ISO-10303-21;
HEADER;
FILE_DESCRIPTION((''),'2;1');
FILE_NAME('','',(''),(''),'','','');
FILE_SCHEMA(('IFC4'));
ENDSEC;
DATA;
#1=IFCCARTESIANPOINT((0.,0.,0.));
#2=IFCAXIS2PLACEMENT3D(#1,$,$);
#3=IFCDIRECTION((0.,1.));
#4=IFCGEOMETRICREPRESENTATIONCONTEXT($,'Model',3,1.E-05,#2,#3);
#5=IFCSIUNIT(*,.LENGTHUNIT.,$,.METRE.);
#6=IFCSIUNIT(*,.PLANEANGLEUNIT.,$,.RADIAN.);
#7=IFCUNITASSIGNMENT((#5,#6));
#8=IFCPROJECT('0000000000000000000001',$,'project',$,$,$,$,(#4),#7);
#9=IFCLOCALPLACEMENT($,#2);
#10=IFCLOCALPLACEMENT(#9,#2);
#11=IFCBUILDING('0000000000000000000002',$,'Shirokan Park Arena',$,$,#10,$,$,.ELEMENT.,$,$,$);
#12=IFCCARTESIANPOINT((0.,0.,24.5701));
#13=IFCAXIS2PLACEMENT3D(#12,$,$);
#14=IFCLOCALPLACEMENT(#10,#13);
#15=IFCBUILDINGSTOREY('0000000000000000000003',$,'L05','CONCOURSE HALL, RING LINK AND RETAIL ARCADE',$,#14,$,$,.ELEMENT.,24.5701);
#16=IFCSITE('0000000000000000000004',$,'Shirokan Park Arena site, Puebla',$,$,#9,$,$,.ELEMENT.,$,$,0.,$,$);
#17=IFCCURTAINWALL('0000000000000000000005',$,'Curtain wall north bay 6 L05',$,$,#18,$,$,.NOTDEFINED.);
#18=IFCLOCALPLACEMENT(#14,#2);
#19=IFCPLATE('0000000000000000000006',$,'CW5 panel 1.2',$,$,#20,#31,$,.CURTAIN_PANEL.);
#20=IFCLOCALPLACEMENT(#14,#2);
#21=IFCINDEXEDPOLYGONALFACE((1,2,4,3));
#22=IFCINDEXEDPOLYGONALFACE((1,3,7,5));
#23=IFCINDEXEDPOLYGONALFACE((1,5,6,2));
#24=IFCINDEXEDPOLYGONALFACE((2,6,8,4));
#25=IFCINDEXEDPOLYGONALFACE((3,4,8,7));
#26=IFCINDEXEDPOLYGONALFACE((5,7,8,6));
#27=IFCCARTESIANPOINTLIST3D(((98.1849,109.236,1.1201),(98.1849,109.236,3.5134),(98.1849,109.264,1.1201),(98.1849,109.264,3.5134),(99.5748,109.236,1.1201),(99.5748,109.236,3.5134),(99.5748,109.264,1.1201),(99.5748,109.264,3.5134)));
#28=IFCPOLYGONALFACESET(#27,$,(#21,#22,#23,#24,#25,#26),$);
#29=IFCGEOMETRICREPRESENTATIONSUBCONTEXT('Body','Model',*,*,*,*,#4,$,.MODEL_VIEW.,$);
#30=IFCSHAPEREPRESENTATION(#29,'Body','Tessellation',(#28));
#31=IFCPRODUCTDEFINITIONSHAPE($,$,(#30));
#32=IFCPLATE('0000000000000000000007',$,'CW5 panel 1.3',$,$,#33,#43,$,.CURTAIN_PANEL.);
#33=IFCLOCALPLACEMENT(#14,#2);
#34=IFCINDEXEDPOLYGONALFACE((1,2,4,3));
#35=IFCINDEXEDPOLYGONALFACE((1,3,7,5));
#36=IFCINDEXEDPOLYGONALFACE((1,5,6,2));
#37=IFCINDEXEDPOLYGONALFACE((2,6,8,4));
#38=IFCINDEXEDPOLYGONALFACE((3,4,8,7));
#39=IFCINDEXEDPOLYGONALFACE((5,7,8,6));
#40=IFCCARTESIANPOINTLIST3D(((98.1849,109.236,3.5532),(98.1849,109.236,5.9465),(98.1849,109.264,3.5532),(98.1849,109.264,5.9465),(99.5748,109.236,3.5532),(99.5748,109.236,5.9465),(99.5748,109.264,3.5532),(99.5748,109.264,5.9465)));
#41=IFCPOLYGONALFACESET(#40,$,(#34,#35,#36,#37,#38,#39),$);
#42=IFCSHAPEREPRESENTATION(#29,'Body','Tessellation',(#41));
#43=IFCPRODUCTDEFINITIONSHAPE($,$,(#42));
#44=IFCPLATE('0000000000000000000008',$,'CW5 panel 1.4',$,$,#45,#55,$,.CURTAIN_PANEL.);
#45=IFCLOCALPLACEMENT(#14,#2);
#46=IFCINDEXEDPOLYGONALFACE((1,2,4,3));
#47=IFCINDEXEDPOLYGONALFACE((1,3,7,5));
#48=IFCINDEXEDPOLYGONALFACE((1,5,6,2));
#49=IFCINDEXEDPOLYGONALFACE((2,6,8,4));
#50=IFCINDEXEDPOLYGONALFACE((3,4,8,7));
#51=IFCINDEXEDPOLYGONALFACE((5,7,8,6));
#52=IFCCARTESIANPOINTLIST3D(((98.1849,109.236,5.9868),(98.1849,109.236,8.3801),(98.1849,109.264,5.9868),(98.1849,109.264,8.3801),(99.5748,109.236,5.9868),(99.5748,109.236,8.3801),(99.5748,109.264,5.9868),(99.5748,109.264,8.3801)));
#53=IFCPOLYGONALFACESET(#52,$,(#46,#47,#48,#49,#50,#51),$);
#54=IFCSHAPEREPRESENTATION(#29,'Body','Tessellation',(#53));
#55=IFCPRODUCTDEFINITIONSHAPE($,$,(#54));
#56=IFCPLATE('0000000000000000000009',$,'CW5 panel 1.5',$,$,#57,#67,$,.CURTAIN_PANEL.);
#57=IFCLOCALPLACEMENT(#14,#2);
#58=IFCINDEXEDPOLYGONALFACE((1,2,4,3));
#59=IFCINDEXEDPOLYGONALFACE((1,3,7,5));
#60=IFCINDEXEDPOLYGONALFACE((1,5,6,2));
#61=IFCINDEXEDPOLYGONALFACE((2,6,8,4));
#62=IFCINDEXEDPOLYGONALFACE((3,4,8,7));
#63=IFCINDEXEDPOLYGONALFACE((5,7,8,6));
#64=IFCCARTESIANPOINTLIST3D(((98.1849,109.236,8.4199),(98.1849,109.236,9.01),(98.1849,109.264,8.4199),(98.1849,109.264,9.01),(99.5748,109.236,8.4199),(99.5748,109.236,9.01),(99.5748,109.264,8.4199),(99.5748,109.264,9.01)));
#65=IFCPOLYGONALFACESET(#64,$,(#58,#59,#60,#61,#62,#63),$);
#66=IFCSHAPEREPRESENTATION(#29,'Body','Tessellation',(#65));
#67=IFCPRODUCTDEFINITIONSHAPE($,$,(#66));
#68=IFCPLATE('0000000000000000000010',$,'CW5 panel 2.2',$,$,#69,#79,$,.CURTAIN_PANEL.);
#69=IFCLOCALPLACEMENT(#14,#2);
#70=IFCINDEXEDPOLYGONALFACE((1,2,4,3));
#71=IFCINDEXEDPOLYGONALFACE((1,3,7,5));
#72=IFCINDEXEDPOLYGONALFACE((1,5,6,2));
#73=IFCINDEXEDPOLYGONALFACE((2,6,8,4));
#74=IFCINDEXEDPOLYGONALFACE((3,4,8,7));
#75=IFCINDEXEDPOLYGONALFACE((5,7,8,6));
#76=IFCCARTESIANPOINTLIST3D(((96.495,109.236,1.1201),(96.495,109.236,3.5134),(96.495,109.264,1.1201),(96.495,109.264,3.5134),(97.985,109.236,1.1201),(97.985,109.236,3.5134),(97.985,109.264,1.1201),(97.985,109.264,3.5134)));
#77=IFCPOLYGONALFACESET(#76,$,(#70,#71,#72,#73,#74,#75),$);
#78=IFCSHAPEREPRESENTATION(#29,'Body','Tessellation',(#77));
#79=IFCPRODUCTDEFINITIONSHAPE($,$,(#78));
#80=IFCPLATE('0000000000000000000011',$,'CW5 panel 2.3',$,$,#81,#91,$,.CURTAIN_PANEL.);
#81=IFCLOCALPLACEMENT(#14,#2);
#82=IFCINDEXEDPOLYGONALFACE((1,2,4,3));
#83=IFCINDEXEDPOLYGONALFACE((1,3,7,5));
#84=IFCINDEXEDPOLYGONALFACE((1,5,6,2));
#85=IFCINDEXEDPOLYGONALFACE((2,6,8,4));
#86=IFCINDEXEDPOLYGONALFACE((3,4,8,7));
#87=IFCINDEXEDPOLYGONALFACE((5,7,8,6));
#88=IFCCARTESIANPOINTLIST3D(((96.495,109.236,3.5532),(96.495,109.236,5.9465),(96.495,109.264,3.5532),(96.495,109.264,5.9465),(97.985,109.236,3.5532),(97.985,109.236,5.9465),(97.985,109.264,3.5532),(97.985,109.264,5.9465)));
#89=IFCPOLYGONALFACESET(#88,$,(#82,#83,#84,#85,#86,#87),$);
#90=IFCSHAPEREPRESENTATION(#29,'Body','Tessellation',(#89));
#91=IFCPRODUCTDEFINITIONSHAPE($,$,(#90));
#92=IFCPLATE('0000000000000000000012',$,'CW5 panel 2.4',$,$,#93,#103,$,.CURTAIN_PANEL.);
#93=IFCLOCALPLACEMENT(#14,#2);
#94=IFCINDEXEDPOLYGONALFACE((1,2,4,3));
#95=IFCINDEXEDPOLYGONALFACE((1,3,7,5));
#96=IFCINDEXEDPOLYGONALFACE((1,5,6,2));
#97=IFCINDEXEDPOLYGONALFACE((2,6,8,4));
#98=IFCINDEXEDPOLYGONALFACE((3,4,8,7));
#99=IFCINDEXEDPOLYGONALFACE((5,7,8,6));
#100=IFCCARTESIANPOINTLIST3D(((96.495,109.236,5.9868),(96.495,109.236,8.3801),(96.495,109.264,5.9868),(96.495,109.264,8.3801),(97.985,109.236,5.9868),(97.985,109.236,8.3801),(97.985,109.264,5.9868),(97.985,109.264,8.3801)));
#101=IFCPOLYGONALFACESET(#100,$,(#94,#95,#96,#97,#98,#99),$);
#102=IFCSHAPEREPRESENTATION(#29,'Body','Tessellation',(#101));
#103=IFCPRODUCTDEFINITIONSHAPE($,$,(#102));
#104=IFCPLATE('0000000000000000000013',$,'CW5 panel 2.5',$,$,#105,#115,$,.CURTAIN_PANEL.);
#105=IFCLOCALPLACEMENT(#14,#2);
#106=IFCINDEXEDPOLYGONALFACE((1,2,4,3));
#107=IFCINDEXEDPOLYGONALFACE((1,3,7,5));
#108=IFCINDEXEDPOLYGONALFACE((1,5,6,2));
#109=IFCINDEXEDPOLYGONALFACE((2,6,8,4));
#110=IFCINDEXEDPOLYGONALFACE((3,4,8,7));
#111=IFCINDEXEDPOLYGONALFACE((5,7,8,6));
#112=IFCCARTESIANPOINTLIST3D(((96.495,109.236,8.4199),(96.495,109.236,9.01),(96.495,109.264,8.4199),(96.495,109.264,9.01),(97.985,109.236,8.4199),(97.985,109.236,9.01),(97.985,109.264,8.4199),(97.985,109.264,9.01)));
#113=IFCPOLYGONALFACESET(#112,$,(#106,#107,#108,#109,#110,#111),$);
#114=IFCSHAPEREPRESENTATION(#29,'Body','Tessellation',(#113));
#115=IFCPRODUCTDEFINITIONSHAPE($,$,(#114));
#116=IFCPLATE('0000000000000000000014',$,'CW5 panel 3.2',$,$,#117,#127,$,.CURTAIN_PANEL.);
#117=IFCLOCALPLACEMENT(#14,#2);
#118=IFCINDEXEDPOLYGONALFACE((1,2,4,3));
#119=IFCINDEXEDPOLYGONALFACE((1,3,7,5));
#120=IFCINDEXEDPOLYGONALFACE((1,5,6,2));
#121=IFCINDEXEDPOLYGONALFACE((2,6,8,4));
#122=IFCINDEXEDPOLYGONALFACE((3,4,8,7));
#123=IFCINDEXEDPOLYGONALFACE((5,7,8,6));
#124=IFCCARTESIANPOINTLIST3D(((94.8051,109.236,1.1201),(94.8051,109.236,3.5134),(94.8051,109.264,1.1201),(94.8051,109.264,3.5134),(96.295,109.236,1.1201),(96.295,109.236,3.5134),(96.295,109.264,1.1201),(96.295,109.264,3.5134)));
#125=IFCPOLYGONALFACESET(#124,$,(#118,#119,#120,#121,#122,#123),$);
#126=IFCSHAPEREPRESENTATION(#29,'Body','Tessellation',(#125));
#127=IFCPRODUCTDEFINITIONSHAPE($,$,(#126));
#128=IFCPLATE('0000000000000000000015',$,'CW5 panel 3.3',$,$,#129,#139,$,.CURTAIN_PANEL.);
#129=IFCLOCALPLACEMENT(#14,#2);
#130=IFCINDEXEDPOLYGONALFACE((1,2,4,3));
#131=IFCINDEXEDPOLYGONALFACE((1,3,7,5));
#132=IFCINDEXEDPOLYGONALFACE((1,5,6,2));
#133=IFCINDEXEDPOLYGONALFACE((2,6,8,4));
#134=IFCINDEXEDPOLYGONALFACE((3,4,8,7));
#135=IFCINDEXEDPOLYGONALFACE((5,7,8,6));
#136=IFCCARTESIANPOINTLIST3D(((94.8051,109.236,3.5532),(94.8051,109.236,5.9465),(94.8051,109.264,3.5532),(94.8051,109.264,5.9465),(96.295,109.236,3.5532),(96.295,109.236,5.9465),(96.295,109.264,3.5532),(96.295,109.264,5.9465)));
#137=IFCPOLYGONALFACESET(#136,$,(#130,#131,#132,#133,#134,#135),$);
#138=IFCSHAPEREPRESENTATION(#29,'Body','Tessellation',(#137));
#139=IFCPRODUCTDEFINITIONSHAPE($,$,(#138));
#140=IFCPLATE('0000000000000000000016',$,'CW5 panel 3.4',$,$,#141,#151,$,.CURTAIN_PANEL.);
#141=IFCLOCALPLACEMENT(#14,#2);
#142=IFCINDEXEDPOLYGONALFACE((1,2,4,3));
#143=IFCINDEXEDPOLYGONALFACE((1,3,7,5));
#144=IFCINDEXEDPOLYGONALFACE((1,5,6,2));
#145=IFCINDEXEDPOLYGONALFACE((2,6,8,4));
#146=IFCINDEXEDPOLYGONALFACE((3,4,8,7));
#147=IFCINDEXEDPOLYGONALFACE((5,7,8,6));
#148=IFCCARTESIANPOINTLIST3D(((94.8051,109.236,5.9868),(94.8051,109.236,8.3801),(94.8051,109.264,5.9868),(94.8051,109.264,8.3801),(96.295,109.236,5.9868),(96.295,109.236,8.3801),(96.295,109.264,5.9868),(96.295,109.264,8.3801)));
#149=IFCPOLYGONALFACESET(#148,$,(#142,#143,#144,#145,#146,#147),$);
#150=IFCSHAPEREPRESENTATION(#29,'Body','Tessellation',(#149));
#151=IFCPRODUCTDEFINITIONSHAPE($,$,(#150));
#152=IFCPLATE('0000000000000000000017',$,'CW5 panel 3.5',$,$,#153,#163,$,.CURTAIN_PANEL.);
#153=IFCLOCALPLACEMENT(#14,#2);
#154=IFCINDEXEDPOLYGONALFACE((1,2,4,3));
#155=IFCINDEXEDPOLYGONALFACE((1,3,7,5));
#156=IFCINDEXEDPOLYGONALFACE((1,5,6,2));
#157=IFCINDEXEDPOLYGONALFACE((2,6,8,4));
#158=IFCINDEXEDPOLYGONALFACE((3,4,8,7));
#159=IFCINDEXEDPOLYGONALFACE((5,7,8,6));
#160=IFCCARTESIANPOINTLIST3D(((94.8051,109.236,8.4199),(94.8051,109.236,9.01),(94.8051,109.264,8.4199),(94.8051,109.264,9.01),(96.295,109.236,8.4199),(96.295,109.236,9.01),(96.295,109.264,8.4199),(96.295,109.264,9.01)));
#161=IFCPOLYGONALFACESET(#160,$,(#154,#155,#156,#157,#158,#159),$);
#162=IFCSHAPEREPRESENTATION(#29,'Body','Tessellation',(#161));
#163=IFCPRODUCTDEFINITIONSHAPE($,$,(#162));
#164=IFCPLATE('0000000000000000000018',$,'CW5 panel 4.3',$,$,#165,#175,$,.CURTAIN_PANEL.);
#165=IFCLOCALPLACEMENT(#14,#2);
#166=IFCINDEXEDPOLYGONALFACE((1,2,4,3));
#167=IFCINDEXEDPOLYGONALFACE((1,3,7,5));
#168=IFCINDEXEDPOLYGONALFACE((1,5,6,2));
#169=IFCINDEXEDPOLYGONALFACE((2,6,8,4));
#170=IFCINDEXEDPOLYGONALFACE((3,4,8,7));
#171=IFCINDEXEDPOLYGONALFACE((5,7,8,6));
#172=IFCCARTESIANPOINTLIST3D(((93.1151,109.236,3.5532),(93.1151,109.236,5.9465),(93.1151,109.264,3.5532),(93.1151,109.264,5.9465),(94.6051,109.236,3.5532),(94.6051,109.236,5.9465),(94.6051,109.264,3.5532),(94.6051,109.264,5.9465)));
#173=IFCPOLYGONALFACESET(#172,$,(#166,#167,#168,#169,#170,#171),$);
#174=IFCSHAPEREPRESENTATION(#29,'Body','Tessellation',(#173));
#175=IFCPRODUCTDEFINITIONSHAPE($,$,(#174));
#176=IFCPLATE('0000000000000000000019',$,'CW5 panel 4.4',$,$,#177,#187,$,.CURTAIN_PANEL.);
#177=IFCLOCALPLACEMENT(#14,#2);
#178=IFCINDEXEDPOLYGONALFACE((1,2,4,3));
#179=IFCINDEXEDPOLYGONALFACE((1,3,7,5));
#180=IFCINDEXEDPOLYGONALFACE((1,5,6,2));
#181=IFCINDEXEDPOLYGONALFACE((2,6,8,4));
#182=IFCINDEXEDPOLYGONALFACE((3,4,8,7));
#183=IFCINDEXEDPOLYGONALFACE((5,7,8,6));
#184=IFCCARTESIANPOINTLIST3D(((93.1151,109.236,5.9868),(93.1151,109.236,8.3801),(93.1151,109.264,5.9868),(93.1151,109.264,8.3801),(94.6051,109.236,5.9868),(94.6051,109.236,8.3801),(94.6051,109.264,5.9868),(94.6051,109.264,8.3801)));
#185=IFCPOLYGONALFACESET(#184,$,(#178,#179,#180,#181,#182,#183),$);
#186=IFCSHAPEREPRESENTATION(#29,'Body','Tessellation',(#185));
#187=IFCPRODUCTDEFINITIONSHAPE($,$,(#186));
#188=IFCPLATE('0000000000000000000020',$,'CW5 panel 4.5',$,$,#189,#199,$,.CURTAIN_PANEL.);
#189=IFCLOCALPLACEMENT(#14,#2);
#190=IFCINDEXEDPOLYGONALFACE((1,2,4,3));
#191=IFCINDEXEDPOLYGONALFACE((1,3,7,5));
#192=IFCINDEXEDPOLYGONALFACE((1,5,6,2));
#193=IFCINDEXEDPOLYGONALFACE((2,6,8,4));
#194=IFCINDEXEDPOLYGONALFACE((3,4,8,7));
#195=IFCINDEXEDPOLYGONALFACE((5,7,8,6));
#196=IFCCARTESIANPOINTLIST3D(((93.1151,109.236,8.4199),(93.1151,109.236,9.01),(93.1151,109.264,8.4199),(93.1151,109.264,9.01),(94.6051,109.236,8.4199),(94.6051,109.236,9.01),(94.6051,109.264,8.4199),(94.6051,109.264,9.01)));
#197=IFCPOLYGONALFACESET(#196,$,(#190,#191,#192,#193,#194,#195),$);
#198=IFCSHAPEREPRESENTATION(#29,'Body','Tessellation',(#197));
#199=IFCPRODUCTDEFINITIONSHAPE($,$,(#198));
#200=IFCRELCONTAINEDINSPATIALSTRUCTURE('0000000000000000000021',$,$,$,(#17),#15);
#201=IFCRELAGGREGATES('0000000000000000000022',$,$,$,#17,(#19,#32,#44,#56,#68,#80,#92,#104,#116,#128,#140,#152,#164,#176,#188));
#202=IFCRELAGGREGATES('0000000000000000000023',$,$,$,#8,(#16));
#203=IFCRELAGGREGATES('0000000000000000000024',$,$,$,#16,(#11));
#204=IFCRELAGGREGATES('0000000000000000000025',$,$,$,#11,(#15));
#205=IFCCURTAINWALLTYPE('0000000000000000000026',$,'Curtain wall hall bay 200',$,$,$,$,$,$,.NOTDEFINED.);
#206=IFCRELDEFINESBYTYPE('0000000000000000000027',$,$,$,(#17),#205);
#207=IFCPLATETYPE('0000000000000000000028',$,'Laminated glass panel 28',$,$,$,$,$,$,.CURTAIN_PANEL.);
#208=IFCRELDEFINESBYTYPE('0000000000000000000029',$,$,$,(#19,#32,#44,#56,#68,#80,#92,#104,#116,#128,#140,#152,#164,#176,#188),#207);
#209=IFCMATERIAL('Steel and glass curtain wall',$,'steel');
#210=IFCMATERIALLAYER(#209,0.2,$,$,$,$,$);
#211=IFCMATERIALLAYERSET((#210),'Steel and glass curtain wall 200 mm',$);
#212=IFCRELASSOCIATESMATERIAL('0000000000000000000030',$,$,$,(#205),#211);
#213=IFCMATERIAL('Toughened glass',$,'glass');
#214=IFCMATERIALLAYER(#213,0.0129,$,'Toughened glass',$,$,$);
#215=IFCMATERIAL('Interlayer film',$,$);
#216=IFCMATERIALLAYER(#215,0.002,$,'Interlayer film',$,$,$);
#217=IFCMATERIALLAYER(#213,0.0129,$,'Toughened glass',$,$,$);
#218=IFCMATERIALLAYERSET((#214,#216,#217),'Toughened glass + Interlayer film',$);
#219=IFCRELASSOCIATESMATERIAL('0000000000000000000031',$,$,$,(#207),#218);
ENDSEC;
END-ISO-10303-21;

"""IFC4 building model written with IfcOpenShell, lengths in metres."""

from ifc_helpers import new_model, si_unit, direction, frame, origin, origin_2d, place, context, subcontext, project, spatial, rectangle, extrude, material, layer, layer_set, type_object, element, aggregate, save


model = new_model("IFC4")

# Units and contexts
model_context = context("Model", 3, precision=1e-05, world=origin(), true_north=direction((0.0, 1.0)))
body_context = subcontext(model_context, "Body", "Model", "MODEL_VIEW")
ifc_project = project(units=[si_unit("LENGTHUNIT", "METRE"), si_unit("PLANEANGLEUNIT", "RADIAN")], contexts=[model_context])

# Site, building, storey
site_placement = place(None, origin())
site = spatial("IfcSite", under=ifc_project, at=site_placement, Name="Shirokan Park Arena site, Puebla", CompositionType="ELEMENT", RefElevation=0.0)
building_placement = place(site_placement, origin())
building = spatial("IfcBuilding", under=site, at=building_placement, Name="Shirokan Park Arena", CompositionType="ELEMENT")
storey_placement = place(building_placement, frame((0.0, 0.0, 24.5701)))
storey = spatial("IfcBuildingStorey", under=building, at=storey_placement, Name="L05", Description="CONCOURSE HALL, RING LINK AND RETAIL ARCADE", CompositionType="ELEMENT", Elevation=24.5701)

# Curtain wall, plates
ifc_material_1 = material(Name="Steel and glass curtain wall", Category="steel")
ifc_layer_1 = layer(ifc_material_1, 0.2)
ifc_layer_set_1 = layer_set([ifc_layer_1], Name="Steel and glass curtain wall 200 mm")
curtain_wall_type = type_object("IfcCurtainWallType", Name="Curtain wall hall bay 200", PredefinedType="NOTDEFINED", material=ifc_layer_set_1)
curtain_wall_placement = place(storey_placement, origin())
curtain_wall = element("IfcCurtainWall", 1, at=curtain_wall_placement, inside=storey, type_object=curtain_wall_type, Name="Curtain wall north bay 6 L05", PredefinedType="NOTDEFINED")
ifc_material_2 = material(Name="Toughened glass", Category="glass")
ifc_layer_2 = layer(ifc_material_2, 0.0129, Name="Toughened glass")
ifc_material_3 = material(Name="Interlayer film")
ifc_layer_3 = layer(ifc_material_3, 0.002, Name="Interlayer film")
ifc_layer_4 = layer(ifc_material_2, 0.0129, Name="Toughened glass")
ifc_layer_set_2 = layer_set([ifc_layer_2, ifc_layer_3, ifc_layer_4], Name="Toughened glass + Interlayer film")
plate_type_1 = type_object("IfcPlateType", Name="Laminated glass panel 28", PredefinedType="CURTAIN_PANEL", material=ifc_layer_set_2)
plate_1_placement = place(storey_placement, frame((98.8799, 109.25, 1.1201), z_axis=(0.0, 0.0, 1.0), x_axis=(-1.0, 0.0, 0.0)))
plate_1 = element("IfcPlate", 2, at=plate_1_placement, type_object=plate_type_1, Name="CW5 panel 1.2", PredefinedType="CURTAIN_PANEL", context=body_context, shape_type="SweptSolid", body=[
    extrude(rectangle(XDim=1.3899, YDim=0.0281, at=origin_2d()), origin(), (0.0, 0.0, 1.0), 2.3933),
])
plate_2_placement = place(storey_placement, frame((98.8799, 109.25, 3.5532), z_axis=(0.0, 0.0, 1.0), x_axis=(-1.0, 0.0, 0.0)))
plate_2 = element("IfcPlate", 3, at=plate_2_placement, type_object=plate_type_1, Name="CW5 panel 1.3", PredefinedType="CURTAIN_PANEL", context=body_context, shape_type="SweptSolid", body=[
    extrude(rectangle(XDim=1.3899, YDim=0.0281, at=origin_2d()), origin(), (0.0, 0.0, 1.0), 2.3933),
])
plate_3_placement = place(storey_placement, frame((98.8799, 109.25, 5.9868), z_axis=(0.0, 0.0, 1.0), x_axis=(-1.0, 0.0, 0.0)))
plate_3 = element("IfcPlate", 4, at=plate_3_placement, type_object=plate_type_1, Name="CW5 panel 1.4", PredefinedType="CURTAIN_PANEL", context=body_context, shape_type="SweptSolid", body=[
    extrude(rectangle(XDim=1.3899, YDim=0.0281, at=origin_2d()), origin(), (0.0, 0.0, 1.0), 2.3933),
])
plate_4_placement = place(storey_placement, frame((98.8799, 109.25, 8.4199), z_axis=(0.0, 0.0, 1.0), x_axis=(-1.0, 0.0, 0.0)))
plate_4 = element("IfcPlate", 5, at=plate_4_placement, type_object=plate_type_1, Name="CW5 panel 1.5", PredefinedType="CURTAIN_PANEL", context=body_context, shape_type="SweptSolid", body=[
    extrude(rectangle(XDim=1.3899, YDim=0.0281, at=origin_2d()), origin(), (0.0, 0.0, 1.0), 0.5901),
])
plate_5_placement = place(storey_placement, frame((97.24, 109.25, 1.1201), z_axis=(0.0, 0.0, 1.0), x_axis=(-1.0, 0.0, 0.0)))
plate_5 = element("IfcPlate", 6, at=plate_5_placement, type_object=plate_type_1, Name="CW5 panel 2.2", PredefinedType="CURTAIN_PANEL", context=body_context, shape_type="SweptSolid", body=[
    extrude(rectangle(XDim=1.49, YDim=0.0281, at=origin_2d()), origin(), (0.0, 0.0, 1.0), 2.3933),
])
plate_6_placement = place(storey_placement, frame((97.24, 109.25, 3.5532), z_axis=(0.0, 0.0, 1.0), x_axis=(-1.0, 0.0, 0.0)))
plate_6 = element("IfcPlate", 7, at=plate_6_placement, type_object=plate_type_1, Name="CW5 panel 2.3", PredefinedType="CURTAIN_PANEL", context=body_context, shape_type="SweptSolid", body=[
    extrude(rectangle(XDim=1.49, YDim=0.0281, at=origin_2d()), origin(), (0.0, 0.0, 1.0), 2.3933),
])
plate_7_placement = place(storey_placement, frame((97.24, 109.25, 5.9868), z_axis=(0.0, 0.0, 1.0), x_axis=(-1.0, 0.0, 0.0)))
plate_7 = element("IfcPlate", 8, at=plate_7_placement, type_object=plate_type_1, Name="CW5 panel 2.4", PredefinedType="CURTAIN_PANEL", context=body_context, shape_type="SweptSolid", body=[
    extrude(rectangle(XDim=1.49, YDim=0.0281, at=origin_2d()), origin(), (0.0, 0.0, 1.0), 2.3933),
])
plate_8_placement = place(storey_placement, frame((97.24, 109.25, 8.4199), z_axis=(0.0, 0.0, 1.0), x_axis=(-1.0, 0.0, 0.0)))
plate_8 = element("IfcPlate", 9, at=plate_8_placement, type_object=plate_type_1, Name="CW5 panel 2.5", PredefinedType="CURTAIN_PANEL", context=body_context, shape_type="SweptSolid", body=[
    extrude(rectangle(XDim=1.49, YDim=0.0281, at=origin_2d()), origin(), (0.0, 0.0, 1.0), 0.5901),
])
plate_9_placement = place(storey_placement, frame((95.55, 109.25, 1.1201), z_axis=(0.0, 0.0, 1.0), x_axis=(-1.0, 0.0, 0.0)))
plate_9 = element("IfcPlate", 10, at=plate_9_placement, type_object=plate_type_1, Name="CW5 panel 3.2", PredefinedType="CURTAIN_PANEL", context=body_context, shape_type="SweptSolid", body=[
    extrude(rectangle(XDim=1.49, YDim=0.0281, at=origin_2d()), origin(), (0.0, 0.0, 1.0), 2.3933),
])
plate_10_placement = place(storey_placement, frame((95.55, 109.25, 3.5532), z_axis=(0.0, 0.0, 1.0), x_axis=(-1.0, 0.0, 0.0)))
plate_10 = element("IfcPlate", 11, at=plate_10_placement, type_object=plate_type_1, Name="CW5 panel 3.3", PredefinedType="CURTAIN_PANEL", context=body_context, shape_type="SweptSolid", body=[
    extrude(rectangle(XDim=1.49, YDim=0.0281, at=origin_2d()), origin(), (0.0, 0.0, 1.0), 2.3933),
])
plate_11_placement = place(storey_placement, frame((95.55, 109.25, 5.9868), z_axis=(0.0, 0.0, 1.0), x_axis=(-1.0, 0.0, 0.0)))
plate_11 = element("IfcPlate", 12, at=plate_11_placement, type_object=plate_type_1, Name="CW5 panel 3.4", PredefinedType="CURTAIN_PANEL", context=body_context, shape_type="SweptSolid", body=[
    extrude(rectangle(XDim=1.49, YDim=0.0281, at=origin_2d()), origin(), (0.0, 0.0, 1.0), 2.3933),
])
plate_12_placement = place(storey_placement, frame((95.55, 109.25, 8.4199), z_axis=(0.0, 0.0, 1.0), x_axis=(-1.0, 0.0, 0.0)))
plate_12 = element("IfcPlate", 13, at=plate_12_placement, type_object=plate_type_1, Name="CW5 panel 3.5", PredefinedType="CURTAIN_PANEL", context=body_context, shape_type="SweptSolid", body=[
    extrude(rectangle(XDim=1.49, YDim=0.0281, at=origin_2d()), origin(), (0.0, 0.0, 1.0), 0.5901),
])
plate_13_placement = place(storey_placement, frame((93.8601, 109.25, 3.5532), z_axis=(0.0, 0.0, 1.0), x_axis=(-1.0, 0.0, 0.0)))
plate_13 = element("IfcPlate", 14, at=plate_13_placement, type_object=plate_type_1, Name="CW5 panel 4.3", PredefinedType="CURTAIN_PANEL", context=body_context, shape_type="SweptSolid", body=[
    extrude(rectangle(XDim=1.49, YDim=0.0281, at=origin_2d()), origin(), (0.0, 0.0, 1.0), 2.3933),
])
plate_14_placement = place(storey_placement, frame((93.8601, 109.25, 5.9868), z_axis=(0.0, 0.0, 1.0), x_axis=(-1.0, 0.0, 0.0)))
plate_14 = element("IfcPlate", 15, at=plate_14_placement, type_object=plate_type_1, Name="CW5 panel 4.4", PredefinedType="CURTAIN_PANEL", context=body_context, shape_type="SweptSolid", body=[
    extrude(rectangle(XDim=1.49, YDim=0.0281, at=origin_2d()), origin(), (0.0, 0.0, 1.0), 2.3933),
])
plate_15_placement = place(storey_placement, frame((93.8601, 109.25, 8.4199), z_axis=(0.0, 0.0, 1.0), x_axis=(-1.0, 0.0, 0.0)))
plate_15 = element("IfcPlate", 16, at=plate_15_placement, type_object=plate_type_1, Name="CW5 panel 4.5", PredefinedType="CURTAIN_PANEL", context=body_context, shape_type="SweptSolid", body=[
    extrude(rectangle(XDim=1.49, YDim=0.0281, at=origin_2d()), origin(), (0.0, 0.0, 1.0), 0.5901),
])
aggregate(curtain_wall, [plate_1, plate_2, plate_3, plate_4, plate_5, plate_6, plate_7, plate_8, plate_9, plate_10, plate_11, plate_12, plate_13, plate_14, plate_15])

save(model, "model.ifc")
